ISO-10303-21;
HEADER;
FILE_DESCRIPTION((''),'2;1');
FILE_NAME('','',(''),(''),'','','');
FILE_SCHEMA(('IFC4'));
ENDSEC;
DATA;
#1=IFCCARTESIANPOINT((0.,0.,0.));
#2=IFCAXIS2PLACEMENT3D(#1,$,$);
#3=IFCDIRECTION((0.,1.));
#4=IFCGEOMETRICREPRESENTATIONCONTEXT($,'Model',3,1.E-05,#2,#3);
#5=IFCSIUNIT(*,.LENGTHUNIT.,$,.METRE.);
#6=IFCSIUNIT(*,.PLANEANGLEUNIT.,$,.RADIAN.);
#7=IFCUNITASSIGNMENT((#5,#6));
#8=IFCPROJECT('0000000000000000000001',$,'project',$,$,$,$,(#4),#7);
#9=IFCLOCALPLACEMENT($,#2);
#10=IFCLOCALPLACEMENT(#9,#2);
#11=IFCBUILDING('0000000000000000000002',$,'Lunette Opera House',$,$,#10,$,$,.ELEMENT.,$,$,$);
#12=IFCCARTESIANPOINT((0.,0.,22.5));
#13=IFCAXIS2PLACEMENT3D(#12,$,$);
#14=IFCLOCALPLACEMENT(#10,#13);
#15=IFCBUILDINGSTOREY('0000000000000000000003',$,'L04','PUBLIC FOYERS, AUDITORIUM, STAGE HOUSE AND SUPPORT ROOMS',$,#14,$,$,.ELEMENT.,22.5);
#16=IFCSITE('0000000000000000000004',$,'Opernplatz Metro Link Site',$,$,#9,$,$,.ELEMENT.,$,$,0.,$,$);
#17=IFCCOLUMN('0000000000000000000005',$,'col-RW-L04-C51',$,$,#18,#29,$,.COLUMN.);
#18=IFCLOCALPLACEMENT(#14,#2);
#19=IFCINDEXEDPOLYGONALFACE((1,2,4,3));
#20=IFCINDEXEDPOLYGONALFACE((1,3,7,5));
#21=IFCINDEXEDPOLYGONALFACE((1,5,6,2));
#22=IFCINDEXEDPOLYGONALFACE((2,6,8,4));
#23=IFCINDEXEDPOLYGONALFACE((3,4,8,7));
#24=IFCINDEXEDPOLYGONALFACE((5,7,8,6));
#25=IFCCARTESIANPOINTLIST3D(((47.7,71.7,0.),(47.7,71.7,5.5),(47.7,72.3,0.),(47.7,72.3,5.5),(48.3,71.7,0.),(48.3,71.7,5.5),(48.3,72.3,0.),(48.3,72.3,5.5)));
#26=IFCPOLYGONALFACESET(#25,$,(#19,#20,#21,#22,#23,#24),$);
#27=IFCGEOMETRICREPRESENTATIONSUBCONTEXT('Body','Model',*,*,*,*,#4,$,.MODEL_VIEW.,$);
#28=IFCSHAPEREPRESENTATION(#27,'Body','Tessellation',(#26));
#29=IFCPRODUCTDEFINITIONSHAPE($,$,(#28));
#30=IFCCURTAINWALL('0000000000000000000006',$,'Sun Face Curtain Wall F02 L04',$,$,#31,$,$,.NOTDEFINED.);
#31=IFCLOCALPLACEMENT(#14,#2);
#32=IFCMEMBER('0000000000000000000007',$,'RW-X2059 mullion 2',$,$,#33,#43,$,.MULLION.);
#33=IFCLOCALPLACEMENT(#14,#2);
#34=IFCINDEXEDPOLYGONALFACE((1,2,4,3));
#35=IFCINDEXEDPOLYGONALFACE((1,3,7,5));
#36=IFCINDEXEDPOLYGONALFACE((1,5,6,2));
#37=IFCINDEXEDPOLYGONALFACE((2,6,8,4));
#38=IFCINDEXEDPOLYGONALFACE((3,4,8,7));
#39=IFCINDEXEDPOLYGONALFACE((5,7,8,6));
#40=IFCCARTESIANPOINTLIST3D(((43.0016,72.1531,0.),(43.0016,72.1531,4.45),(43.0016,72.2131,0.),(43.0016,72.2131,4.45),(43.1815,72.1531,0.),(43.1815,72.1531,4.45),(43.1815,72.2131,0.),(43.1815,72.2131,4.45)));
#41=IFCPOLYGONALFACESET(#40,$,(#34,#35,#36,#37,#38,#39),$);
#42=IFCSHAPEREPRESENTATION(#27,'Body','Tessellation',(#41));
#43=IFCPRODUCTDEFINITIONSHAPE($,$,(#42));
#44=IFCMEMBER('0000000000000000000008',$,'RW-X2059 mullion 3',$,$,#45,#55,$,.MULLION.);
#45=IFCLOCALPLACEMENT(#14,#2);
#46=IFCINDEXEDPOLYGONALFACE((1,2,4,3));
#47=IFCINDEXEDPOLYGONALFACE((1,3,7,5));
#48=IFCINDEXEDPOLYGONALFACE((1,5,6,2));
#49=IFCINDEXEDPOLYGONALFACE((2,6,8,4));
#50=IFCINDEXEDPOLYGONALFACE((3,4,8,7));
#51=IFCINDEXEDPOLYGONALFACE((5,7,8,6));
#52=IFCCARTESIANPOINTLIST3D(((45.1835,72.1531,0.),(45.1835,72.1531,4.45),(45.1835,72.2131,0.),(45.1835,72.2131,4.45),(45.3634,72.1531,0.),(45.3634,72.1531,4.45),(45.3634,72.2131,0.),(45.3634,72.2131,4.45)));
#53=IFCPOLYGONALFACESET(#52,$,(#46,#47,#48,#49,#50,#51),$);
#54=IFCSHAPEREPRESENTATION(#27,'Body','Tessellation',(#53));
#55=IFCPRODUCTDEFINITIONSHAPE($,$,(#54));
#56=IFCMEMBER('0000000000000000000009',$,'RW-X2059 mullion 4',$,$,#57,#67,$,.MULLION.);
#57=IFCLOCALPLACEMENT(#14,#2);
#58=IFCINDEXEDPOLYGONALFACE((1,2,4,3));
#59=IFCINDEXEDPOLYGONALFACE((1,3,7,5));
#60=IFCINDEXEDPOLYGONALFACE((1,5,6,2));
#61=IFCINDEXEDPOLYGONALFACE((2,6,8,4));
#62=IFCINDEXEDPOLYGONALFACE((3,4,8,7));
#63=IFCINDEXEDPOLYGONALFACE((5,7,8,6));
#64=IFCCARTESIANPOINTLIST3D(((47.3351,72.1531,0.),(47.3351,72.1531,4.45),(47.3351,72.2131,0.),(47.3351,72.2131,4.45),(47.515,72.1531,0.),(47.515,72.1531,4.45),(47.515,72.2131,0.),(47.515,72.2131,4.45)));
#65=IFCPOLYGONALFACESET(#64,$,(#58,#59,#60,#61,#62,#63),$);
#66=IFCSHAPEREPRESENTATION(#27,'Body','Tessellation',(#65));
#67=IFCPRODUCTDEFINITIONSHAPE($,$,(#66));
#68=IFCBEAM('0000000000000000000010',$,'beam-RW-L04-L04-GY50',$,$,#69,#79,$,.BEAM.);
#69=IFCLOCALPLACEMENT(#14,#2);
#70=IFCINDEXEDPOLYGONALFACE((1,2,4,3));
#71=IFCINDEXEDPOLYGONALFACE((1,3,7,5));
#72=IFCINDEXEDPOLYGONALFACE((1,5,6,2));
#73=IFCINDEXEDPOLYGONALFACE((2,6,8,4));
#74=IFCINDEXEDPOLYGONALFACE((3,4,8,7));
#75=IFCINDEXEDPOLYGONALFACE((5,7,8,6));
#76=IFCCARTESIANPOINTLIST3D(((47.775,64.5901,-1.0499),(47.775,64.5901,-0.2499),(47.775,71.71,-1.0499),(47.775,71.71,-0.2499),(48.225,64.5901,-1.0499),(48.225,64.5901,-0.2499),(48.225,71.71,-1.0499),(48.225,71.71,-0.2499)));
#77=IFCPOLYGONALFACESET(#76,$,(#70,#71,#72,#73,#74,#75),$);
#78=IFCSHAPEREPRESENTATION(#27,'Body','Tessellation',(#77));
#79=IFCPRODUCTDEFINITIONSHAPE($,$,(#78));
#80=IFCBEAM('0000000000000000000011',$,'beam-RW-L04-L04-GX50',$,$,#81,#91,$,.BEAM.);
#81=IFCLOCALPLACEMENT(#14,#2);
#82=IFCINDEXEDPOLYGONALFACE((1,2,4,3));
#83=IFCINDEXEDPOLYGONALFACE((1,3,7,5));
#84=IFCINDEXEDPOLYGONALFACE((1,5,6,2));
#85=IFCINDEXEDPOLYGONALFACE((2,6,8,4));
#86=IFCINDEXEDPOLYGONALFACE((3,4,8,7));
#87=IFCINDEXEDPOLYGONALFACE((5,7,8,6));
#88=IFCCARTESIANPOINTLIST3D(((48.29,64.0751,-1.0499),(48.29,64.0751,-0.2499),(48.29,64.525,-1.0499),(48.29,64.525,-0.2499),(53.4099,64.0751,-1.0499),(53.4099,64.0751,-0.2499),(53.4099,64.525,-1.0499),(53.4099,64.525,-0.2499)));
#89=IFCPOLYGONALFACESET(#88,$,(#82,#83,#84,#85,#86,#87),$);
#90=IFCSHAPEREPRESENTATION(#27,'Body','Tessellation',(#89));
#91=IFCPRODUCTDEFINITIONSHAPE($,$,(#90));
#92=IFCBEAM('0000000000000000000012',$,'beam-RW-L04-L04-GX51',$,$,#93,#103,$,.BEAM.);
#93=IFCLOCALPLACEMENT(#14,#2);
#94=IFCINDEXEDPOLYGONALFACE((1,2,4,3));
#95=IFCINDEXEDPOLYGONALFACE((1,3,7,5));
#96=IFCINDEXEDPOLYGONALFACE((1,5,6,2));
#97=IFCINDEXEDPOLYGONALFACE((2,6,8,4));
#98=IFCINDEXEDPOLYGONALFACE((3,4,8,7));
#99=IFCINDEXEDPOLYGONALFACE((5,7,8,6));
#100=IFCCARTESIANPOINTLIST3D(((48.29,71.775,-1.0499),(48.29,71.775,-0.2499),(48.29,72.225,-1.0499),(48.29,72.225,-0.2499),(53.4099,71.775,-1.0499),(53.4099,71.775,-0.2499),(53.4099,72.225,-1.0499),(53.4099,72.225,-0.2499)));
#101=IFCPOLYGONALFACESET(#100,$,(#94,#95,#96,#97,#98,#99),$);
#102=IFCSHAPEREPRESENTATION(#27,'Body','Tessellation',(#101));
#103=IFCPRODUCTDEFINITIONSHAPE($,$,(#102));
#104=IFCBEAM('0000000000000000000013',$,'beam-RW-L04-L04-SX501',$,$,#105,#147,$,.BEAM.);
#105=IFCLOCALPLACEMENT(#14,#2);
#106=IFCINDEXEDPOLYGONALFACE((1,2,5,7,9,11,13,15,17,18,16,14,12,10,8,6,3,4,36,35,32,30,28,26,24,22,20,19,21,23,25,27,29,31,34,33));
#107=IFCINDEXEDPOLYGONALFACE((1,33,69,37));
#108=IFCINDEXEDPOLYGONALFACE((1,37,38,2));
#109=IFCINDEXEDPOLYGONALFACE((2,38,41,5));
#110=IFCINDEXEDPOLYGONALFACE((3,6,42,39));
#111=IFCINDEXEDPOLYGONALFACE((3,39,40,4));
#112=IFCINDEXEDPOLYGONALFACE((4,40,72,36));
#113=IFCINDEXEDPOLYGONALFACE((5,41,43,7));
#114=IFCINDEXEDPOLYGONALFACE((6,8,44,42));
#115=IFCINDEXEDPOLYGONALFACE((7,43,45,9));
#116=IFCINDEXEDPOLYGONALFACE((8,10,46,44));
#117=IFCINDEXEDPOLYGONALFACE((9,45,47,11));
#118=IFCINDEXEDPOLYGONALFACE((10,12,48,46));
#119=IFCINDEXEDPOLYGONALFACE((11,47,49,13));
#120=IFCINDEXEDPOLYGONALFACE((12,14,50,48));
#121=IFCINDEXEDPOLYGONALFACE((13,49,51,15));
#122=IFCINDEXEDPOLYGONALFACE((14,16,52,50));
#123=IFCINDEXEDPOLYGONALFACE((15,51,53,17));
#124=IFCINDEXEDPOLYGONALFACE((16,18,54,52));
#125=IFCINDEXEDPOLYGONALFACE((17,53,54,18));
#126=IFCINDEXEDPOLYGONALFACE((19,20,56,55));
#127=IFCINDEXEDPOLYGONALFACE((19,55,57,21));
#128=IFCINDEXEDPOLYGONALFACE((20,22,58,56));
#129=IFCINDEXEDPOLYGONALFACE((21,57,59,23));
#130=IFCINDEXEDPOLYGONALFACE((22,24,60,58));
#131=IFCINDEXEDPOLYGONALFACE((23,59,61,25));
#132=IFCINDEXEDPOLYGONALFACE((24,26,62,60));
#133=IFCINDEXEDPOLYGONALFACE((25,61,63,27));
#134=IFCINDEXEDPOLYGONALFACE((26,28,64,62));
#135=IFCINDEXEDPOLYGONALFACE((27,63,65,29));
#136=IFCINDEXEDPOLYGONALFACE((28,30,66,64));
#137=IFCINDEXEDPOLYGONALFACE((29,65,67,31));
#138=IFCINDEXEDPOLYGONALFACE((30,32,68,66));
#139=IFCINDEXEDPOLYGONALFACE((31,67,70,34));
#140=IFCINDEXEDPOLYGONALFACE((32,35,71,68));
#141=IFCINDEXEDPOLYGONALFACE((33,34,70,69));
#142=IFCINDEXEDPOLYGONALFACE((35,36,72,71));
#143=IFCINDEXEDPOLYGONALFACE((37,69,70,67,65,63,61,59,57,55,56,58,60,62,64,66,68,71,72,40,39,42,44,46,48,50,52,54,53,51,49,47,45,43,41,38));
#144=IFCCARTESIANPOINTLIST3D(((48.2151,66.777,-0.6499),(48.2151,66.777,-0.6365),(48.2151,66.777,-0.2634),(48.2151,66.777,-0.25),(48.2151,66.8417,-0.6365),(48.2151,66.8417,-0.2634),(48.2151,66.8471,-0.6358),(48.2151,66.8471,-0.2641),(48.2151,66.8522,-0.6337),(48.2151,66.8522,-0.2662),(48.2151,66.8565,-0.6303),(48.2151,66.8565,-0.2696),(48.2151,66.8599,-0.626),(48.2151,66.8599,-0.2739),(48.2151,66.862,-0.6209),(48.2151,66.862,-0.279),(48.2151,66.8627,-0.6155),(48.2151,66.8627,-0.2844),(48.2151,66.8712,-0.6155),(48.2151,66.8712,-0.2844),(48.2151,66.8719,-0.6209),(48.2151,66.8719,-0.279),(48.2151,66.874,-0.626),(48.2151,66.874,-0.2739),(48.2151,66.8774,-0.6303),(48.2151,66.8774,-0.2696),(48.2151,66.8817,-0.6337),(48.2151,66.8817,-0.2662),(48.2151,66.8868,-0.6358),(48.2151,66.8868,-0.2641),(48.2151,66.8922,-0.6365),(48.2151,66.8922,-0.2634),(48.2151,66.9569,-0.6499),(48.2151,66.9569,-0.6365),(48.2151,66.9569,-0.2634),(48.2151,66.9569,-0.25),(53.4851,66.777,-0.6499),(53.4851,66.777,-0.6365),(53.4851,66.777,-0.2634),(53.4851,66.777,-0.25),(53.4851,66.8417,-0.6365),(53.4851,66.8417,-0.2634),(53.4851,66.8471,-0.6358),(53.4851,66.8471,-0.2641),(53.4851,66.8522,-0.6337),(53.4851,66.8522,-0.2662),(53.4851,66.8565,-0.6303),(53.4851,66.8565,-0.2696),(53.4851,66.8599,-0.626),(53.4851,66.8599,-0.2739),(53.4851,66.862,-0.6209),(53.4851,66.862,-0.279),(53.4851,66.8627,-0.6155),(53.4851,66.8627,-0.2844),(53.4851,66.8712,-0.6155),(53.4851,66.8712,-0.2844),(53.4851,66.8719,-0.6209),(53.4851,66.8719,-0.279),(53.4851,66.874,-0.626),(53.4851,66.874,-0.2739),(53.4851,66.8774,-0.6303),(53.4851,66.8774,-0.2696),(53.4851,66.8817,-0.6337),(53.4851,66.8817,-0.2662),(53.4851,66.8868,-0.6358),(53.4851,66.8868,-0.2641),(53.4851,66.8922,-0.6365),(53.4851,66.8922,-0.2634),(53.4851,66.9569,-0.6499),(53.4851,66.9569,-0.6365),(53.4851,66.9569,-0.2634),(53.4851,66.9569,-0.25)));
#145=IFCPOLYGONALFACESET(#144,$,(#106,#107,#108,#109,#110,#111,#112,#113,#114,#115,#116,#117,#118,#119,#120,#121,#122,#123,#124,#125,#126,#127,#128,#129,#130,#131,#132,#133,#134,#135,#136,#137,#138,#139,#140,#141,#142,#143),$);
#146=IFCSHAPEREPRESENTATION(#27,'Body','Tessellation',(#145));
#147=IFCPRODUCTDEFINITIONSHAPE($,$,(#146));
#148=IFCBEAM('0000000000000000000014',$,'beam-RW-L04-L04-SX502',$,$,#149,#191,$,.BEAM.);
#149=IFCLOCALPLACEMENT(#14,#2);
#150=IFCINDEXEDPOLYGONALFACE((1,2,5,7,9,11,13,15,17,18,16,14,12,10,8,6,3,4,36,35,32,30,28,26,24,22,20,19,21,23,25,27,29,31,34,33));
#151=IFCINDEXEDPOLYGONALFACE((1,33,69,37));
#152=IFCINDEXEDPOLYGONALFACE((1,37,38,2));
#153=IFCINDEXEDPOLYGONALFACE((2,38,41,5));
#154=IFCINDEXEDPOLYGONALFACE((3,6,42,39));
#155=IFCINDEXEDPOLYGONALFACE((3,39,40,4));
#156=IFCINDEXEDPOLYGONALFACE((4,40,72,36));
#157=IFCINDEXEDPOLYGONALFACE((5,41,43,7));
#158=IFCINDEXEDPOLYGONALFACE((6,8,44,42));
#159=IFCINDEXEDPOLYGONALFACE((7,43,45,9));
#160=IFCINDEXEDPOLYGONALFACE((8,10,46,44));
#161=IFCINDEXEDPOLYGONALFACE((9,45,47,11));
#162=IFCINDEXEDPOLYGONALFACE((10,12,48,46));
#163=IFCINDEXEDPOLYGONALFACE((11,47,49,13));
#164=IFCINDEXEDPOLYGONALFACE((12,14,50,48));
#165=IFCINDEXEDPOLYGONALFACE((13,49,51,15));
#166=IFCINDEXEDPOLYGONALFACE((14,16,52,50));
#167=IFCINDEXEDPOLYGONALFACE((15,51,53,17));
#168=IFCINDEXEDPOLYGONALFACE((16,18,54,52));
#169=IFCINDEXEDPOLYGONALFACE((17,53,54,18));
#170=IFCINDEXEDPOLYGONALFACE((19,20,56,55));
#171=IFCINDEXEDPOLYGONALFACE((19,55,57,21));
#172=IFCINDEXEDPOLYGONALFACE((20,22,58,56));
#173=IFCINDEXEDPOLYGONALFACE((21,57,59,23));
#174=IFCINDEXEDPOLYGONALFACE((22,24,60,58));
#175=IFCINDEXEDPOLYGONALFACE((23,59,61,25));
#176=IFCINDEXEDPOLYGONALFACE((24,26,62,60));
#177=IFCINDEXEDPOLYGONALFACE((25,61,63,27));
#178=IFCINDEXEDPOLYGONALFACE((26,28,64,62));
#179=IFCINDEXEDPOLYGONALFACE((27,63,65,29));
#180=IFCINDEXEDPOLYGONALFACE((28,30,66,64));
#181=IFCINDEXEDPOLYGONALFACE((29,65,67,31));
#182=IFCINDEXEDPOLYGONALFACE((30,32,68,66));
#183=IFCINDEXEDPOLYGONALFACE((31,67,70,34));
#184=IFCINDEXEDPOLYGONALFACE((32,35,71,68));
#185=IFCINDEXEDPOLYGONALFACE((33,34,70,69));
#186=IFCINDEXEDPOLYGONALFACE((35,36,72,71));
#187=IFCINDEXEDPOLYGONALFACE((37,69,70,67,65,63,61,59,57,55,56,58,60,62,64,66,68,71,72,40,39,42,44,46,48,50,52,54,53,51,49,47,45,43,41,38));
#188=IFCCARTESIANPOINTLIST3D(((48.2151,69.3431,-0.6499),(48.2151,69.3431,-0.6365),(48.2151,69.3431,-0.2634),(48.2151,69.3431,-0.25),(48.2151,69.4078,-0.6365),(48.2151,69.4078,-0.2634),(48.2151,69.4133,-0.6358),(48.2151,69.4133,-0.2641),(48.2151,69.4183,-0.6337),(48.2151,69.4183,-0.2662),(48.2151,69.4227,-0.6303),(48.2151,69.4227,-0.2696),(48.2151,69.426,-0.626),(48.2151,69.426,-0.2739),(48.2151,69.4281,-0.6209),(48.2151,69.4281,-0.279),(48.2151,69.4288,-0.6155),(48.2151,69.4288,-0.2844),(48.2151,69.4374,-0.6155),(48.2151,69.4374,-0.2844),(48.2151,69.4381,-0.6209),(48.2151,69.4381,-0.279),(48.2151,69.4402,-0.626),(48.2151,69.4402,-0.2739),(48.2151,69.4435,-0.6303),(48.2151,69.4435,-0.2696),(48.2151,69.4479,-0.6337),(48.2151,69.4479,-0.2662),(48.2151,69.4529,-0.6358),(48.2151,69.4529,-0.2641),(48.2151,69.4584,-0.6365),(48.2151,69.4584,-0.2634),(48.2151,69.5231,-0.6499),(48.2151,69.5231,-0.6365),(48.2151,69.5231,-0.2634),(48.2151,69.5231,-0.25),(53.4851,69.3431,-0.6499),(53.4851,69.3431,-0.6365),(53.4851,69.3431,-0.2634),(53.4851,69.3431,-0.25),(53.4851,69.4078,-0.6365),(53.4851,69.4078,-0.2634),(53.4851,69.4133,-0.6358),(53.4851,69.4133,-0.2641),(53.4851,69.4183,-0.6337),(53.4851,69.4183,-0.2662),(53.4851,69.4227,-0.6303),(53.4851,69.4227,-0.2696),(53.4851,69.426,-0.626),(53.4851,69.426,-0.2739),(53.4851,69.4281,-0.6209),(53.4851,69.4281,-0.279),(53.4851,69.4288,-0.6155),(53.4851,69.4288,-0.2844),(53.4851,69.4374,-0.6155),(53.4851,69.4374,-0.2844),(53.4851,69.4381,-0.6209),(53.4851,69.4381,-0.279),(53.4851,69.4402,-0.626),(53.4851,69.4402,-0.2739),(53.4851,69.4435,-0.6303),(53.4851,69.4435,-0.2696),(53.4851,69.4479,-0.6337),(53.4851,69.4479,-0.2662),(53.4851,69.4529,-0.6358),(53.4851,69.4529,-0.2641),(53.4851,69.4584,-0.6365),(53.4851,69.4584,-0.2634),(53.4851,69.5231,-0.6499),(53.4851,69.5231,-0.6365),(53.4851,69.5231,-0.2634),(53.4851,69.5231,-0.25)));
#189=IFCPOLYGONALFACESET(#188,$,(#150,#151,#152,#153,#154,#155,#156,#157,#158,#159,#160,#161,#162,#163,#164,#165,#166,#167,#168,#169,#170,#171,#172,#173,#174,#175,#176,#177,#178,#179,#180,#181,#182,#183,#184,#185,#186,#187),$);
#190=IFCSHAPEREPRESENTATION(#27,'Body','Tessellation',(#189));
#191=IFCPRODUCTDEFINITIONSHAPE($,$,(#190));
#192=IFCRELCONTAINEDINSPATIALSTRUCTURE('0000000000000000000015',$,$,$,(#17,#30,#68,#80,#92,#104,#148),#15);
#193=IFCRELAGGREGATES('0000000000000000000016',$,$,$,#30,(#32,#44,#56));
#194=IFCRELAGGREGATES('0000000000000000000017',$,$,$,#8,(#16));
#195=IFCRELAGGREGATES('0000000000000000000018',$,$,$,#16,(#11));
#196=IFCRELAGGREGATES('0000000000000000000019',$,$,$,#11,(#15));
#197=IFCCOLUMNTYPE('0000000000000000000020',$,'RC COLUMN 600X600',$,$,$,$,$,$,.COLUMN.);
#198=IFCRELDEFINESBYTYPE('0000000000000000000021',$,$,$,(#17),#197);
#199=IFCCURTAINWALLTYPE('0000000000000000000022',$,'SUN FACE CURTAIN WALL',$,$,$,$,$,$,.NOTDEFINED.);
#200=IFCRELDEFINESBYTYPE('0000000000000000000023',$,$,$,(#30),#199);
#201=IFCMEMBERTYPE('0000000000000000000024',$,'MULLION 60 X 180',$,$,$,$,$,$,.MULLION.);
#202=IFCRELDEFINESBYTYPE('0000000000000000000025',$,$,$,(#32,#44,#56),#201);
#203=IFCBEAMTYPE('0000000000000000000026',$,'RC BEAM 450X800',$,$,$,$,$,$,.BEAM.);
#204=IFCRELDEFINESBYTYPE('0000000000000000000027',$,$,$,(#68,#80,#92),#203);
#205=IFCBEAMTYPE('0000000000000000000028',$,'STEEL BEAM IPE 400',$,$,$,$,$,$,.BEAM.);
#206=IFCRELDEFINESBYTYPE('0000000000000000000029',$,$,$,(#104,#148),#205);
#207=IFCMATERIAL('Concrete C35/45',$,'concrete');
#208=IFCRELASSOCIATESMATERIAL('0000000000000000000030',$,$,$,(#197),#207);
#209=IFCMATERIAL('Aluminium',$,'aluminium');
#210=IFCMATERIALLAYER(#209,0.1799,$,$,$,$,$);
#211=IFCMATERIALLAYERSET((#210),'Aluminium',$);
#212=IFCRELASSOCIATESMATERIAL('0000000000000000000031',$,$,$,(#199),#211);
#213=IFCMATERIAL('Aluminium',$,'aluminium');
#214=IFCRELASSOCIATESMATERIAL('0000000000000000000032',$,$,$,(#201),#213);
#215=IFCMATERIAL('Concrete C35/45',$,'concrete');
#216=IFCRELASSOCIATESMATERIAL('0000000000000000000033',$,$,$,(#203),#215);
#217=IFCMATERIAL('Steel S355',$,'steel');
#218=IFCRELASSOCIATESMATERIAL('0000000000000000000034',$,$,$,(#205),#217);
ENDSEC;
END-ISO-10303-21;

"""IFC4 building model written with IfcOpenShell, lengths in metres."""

from ifc_helpers import new_model, si_unit, direction, frame, origin, origin_2d, place, context, subcontext, project, spatial, rectangle, i_section, extrude, material, layer, layer_set, material_profile, profile_set, type_object, element, aggregate, save


model = new_model("IFC4")

# Units and contexts
model_context = context("Model", 3, precision=1e-05, world=origin(), true_north=direction((0.0, 1.0)))
body_context = subcontext(model_context, "Body", "Model", "MODEL_VIEW")
ifc_project = project(units=[si_unit("LENGTHUNIT", "METRE"), si_unit("PLANEANGLEUNIT", "RADIAN")], contexts=[model_context])

# Site, building, storey
site_placement = place(None, origin())
site = spatial("IfcSite", under=ifc_project, at=site_placement, Name="Opernplatz Metro Link Site", CompositionType="ELEMENT", RefElevation=0.0)
building_placement = place(site_placement, origin())
building = spatial("IfcBuilding", under=site, at=building_placement, Name="Lunette Opera House", CompositionType="ELEMENT")
storey_placement = place(building_placement, frame((0.0, 0.0, 22.5)))
storey = spatial("IfcBuildingStorey", under=building, at=storey_placement, Name="L04", Description="PUBLIC FOYERS, AUDITORIUM, STAGE HOUSE AND SUPPORT ROOMS", CompositionType="ELEMENT", Elevation=22.5)

# Column
ifc_material_1 = material(Name="Concrete C35/45", Category="concrete")
ifc_material_profile_1 = material_profile(ifc_material_1, rectangle(XDim=0.6001, YDim=0.6001, at=origin_2d()), Name="RC COLUMN 600X600")
ifc_profile_set_1 = profile_set([ifc_material_profile_1], Name="Concrete C35/45")
column_type = type_object("IfcColumnType", Name="RC COLUMN 600X600", PredefinedType="COLUMN", material=ifc_profile_set_1)
column_placement = place(storey_placement, frame((48.0, 72.0, 0.0), z_axis=(0.0, 0.0, 1.0), x_axis=(1.0, 0.0, 0.0)))
element("IfcColumn", 1, at=column_placement, inside=storey, type_object=column_type, Name="col-RW-L04-C51", PredefinedType="COLUMN", context=body_context, shape_type="SweptSolid", body=[
    extrude(rectangle(XDim=0.6001, YDim=0.6001, at=origin_2d()), origin(), (0.0, 0.0, 1.0), 5.5),
])

# Curtain wall, members
ifc_material_2 = material(Name="Aluminium", Category="aluminium")
ifc_layer_1 = layer(ifc_material_2, 0.1799)
ifc_layer_set_1 = layer_set([ifc_layer_1], Name="Aluminium")
curtain_wall_type = type_object("IfcCurtainWallType", Name="SUN FACE CURTAIN WALL", PredefinedType="NOTDEFINED", material=ifc_layer_set_1)
curtain_wall_placement = place(storey_placement, origin())
curtain_wall = element("IfcCurtainWall", 2, at=curtain_wall_placement, inside=storey, type_object=curtain_wall_type, Name="Sun Face Curtain Wall F02 L04", PredefinedType="NOTDEFINED")
ifc_material_3 = material(Name="Aluminium", Category="aluminium")
ifc_material_profile_2 = material_profile(ifc_material_3, rectangle(XDim=0.0601, YDim=0.1799, at=origin_2d()), Name="MULLION 60 X 180")
ifc_profile_set_2 = profile_set([ifc_material_profile_2], Name="Aluminium")
member_type_1 = type_object("IfcMemberType", Name="MULLION 60 X 180", PredefinedType="MULLION", material=ifc_profile_set_2)
member_1_placement = place(storey_placement, frame((43.0916, 72.1831, 0.0), z_axis=(0.0, 0.0, 1.0), x_axis=(0.0, 1.0, 0.0)))
member_1 = element("IfcMember", 3, at=member_1_placement, type_object=member_type_1, Name="RW-X2059 mullion 2", PredefinedType="MULLION", context=body_context, shape_type="SweptSolid", body=[
    extrude(rectangle(XDim=0.0601, YDim=0.1799, at=origin_2d()), origin(), (0.0, 0.0, 1.0), 4.45),
])
member_2_placement = place(storey_placement, frame((45.2734, 72.1831, 0.0), z_axis=(0.0, 0.0, 1.0), x_axis=(0.0, 1.0, 0.0)))
member_2 = element("IfcMember", 4, at=member_2_placement, type_object=member_type_1, Name="RW-X2059 mullion 3", PredefinedType="MULLION", context=body_context, shape_type="SweptSolid", body=[
    extrude(rectangle(XDim=0.0601, YDim=0.1799, at=origin_2d()), origin(), (0.0, 0.0, 1.0), 4.45),
])
member_3_placement = place(storey_placement, frame((47.425, 72.1831, 0.0), z_axis=(0.0, 0.0, 1.0), x_axis=(0.0, 1.0, 0.0)))
member_3 = element("IfcMember", 5, at=member_3_placement, type_object=member_type_1, Name="RW-X2059 mullion 4", PredefinedType="MULLION", context=body_context, shape_type="SweptSolid", body=[
    extrude(rectangle(XDim=0.0601, YDim=0.1799, at=origin_2d()), origin(), (0.0, 0.0, 1.0), 4.45),
])

# Beams
ifc_material_4 = material(Name="Concrete C35/45", Category="concrete")
ifc_material_profile_3 = material_profile(ifc_material_4, rectangle(XDim=0.45, YDim=0.8, at=origin_2d()), Name="RC BEAM 450X800")
ifc_profile_set_3 = profile_set([ifc_material_profile_3], Name="Concrete C35/45")
beam_type_1 = type_object("IfcBeamType", Name="RC BEAM 450X800", PredefinedType="BEAM", material=ifc_profile_set_3)
beam_placement = place(storey_placement, frame((48.0, 64.5901, -0.6499), z_axis=(0.0, 1.0, 0.0), x_axis=(-1.0, 0.0, 0.0)))
element("IfcBeam", 6, at=beam_placement, inside=storey, type_object=beam_type_1, Name="beam-RW-L04-L04-GY50", PredefinedType="BEAM", context=body_context, shape_type="SweptSolid", body=[
    extrude(rectangle(XDim=0.45, YDim=0.8, at=origin_2d()), origin(), (0.0, 0.0, 1.0), 7.1199),
])
for number, where, z_axis, x_axis, name in (
    (7, (48.29, 64.3, -0.6499), (1.0, 0.0, 0.0), (0.0, 1.0, 0.0), "beam-RW-L04-L04-GX50"),
    (8, (48.29, 72.0, -0.6499), (1.0, 0.0, 0.0), (0.0, 1.0, 0.0), "beam-RW-L04-L04-GX51"),
):
    element("IfcBeam", number, at=place(storey_placement, frame(where, z_axis=z_axis, x_axis=x_axis)), inside=storey, type_object=beam_type_1, Name=name, PredefinedType="BEAM", context=body_context, shape_type="SweptSolid", body=[
        extrude(rectangle(XDim=0.45, YDim=0.8, at=origin_2d()), origin(), (0.0, 0.0, 1.0), 5.1199),
    ])
ifc_material_5 = material(Name="Steel S355", Category="steel")
ifc_material_profile_4 = material_profile(ifc_material_5, i_section(OverallWidth=0.1799, OverallDepth=0.3999, WebThickness=0.0085, FlangeThickness=0.0134, FilletRadius=0.021, at=origin_2d()), Name="IPE 400")
ifc_profile_set_4 = profile_set([ifc_material_profile_4], Name="Steel S355")
beam_type_2 = type_object("IfcBeamType", Name="STEEL BEAM IPE 400", PredefinedType="BEAM", material=ifc_profile_set_4)
for number, where, z_axis, x_axis, name in (
    (9, (48.2151, 66.8669, -0.45), (1.0, 0.0, 0.0), (0.0, 1.0, 0.0), "beam-RW-L04-L04-SX501"),
    (10, (48.2151, 69.4331, -0.45), (1.0, 0.0, 0.0), (0.0, 1.0, 0.0), "beam-RW-L04-L04-SX502"),
):
    element("IfcBeam", number, at=place(storey_placement, frame(where, z_axis=z_axis, x_axis=x_axis)), inside=storey, type_object=beam_type_2, Name=name, PredefinedType="BEAM", context=body_context, shape_type="SweptSolid", body=[
        extrude(i_section(OverallWidth=0.1799, OverallDepth=0.3999, WebThickness=0.0085, FlangeThickness=0.0134, FilletRadius=0.021, at=origin_2d()), origin(), (0.0, 0.0, 1.0), 5.27),
    ])

aggregate(curtain_wall, [member_1, member_2, member_3])

save(model, "model.ifc")
